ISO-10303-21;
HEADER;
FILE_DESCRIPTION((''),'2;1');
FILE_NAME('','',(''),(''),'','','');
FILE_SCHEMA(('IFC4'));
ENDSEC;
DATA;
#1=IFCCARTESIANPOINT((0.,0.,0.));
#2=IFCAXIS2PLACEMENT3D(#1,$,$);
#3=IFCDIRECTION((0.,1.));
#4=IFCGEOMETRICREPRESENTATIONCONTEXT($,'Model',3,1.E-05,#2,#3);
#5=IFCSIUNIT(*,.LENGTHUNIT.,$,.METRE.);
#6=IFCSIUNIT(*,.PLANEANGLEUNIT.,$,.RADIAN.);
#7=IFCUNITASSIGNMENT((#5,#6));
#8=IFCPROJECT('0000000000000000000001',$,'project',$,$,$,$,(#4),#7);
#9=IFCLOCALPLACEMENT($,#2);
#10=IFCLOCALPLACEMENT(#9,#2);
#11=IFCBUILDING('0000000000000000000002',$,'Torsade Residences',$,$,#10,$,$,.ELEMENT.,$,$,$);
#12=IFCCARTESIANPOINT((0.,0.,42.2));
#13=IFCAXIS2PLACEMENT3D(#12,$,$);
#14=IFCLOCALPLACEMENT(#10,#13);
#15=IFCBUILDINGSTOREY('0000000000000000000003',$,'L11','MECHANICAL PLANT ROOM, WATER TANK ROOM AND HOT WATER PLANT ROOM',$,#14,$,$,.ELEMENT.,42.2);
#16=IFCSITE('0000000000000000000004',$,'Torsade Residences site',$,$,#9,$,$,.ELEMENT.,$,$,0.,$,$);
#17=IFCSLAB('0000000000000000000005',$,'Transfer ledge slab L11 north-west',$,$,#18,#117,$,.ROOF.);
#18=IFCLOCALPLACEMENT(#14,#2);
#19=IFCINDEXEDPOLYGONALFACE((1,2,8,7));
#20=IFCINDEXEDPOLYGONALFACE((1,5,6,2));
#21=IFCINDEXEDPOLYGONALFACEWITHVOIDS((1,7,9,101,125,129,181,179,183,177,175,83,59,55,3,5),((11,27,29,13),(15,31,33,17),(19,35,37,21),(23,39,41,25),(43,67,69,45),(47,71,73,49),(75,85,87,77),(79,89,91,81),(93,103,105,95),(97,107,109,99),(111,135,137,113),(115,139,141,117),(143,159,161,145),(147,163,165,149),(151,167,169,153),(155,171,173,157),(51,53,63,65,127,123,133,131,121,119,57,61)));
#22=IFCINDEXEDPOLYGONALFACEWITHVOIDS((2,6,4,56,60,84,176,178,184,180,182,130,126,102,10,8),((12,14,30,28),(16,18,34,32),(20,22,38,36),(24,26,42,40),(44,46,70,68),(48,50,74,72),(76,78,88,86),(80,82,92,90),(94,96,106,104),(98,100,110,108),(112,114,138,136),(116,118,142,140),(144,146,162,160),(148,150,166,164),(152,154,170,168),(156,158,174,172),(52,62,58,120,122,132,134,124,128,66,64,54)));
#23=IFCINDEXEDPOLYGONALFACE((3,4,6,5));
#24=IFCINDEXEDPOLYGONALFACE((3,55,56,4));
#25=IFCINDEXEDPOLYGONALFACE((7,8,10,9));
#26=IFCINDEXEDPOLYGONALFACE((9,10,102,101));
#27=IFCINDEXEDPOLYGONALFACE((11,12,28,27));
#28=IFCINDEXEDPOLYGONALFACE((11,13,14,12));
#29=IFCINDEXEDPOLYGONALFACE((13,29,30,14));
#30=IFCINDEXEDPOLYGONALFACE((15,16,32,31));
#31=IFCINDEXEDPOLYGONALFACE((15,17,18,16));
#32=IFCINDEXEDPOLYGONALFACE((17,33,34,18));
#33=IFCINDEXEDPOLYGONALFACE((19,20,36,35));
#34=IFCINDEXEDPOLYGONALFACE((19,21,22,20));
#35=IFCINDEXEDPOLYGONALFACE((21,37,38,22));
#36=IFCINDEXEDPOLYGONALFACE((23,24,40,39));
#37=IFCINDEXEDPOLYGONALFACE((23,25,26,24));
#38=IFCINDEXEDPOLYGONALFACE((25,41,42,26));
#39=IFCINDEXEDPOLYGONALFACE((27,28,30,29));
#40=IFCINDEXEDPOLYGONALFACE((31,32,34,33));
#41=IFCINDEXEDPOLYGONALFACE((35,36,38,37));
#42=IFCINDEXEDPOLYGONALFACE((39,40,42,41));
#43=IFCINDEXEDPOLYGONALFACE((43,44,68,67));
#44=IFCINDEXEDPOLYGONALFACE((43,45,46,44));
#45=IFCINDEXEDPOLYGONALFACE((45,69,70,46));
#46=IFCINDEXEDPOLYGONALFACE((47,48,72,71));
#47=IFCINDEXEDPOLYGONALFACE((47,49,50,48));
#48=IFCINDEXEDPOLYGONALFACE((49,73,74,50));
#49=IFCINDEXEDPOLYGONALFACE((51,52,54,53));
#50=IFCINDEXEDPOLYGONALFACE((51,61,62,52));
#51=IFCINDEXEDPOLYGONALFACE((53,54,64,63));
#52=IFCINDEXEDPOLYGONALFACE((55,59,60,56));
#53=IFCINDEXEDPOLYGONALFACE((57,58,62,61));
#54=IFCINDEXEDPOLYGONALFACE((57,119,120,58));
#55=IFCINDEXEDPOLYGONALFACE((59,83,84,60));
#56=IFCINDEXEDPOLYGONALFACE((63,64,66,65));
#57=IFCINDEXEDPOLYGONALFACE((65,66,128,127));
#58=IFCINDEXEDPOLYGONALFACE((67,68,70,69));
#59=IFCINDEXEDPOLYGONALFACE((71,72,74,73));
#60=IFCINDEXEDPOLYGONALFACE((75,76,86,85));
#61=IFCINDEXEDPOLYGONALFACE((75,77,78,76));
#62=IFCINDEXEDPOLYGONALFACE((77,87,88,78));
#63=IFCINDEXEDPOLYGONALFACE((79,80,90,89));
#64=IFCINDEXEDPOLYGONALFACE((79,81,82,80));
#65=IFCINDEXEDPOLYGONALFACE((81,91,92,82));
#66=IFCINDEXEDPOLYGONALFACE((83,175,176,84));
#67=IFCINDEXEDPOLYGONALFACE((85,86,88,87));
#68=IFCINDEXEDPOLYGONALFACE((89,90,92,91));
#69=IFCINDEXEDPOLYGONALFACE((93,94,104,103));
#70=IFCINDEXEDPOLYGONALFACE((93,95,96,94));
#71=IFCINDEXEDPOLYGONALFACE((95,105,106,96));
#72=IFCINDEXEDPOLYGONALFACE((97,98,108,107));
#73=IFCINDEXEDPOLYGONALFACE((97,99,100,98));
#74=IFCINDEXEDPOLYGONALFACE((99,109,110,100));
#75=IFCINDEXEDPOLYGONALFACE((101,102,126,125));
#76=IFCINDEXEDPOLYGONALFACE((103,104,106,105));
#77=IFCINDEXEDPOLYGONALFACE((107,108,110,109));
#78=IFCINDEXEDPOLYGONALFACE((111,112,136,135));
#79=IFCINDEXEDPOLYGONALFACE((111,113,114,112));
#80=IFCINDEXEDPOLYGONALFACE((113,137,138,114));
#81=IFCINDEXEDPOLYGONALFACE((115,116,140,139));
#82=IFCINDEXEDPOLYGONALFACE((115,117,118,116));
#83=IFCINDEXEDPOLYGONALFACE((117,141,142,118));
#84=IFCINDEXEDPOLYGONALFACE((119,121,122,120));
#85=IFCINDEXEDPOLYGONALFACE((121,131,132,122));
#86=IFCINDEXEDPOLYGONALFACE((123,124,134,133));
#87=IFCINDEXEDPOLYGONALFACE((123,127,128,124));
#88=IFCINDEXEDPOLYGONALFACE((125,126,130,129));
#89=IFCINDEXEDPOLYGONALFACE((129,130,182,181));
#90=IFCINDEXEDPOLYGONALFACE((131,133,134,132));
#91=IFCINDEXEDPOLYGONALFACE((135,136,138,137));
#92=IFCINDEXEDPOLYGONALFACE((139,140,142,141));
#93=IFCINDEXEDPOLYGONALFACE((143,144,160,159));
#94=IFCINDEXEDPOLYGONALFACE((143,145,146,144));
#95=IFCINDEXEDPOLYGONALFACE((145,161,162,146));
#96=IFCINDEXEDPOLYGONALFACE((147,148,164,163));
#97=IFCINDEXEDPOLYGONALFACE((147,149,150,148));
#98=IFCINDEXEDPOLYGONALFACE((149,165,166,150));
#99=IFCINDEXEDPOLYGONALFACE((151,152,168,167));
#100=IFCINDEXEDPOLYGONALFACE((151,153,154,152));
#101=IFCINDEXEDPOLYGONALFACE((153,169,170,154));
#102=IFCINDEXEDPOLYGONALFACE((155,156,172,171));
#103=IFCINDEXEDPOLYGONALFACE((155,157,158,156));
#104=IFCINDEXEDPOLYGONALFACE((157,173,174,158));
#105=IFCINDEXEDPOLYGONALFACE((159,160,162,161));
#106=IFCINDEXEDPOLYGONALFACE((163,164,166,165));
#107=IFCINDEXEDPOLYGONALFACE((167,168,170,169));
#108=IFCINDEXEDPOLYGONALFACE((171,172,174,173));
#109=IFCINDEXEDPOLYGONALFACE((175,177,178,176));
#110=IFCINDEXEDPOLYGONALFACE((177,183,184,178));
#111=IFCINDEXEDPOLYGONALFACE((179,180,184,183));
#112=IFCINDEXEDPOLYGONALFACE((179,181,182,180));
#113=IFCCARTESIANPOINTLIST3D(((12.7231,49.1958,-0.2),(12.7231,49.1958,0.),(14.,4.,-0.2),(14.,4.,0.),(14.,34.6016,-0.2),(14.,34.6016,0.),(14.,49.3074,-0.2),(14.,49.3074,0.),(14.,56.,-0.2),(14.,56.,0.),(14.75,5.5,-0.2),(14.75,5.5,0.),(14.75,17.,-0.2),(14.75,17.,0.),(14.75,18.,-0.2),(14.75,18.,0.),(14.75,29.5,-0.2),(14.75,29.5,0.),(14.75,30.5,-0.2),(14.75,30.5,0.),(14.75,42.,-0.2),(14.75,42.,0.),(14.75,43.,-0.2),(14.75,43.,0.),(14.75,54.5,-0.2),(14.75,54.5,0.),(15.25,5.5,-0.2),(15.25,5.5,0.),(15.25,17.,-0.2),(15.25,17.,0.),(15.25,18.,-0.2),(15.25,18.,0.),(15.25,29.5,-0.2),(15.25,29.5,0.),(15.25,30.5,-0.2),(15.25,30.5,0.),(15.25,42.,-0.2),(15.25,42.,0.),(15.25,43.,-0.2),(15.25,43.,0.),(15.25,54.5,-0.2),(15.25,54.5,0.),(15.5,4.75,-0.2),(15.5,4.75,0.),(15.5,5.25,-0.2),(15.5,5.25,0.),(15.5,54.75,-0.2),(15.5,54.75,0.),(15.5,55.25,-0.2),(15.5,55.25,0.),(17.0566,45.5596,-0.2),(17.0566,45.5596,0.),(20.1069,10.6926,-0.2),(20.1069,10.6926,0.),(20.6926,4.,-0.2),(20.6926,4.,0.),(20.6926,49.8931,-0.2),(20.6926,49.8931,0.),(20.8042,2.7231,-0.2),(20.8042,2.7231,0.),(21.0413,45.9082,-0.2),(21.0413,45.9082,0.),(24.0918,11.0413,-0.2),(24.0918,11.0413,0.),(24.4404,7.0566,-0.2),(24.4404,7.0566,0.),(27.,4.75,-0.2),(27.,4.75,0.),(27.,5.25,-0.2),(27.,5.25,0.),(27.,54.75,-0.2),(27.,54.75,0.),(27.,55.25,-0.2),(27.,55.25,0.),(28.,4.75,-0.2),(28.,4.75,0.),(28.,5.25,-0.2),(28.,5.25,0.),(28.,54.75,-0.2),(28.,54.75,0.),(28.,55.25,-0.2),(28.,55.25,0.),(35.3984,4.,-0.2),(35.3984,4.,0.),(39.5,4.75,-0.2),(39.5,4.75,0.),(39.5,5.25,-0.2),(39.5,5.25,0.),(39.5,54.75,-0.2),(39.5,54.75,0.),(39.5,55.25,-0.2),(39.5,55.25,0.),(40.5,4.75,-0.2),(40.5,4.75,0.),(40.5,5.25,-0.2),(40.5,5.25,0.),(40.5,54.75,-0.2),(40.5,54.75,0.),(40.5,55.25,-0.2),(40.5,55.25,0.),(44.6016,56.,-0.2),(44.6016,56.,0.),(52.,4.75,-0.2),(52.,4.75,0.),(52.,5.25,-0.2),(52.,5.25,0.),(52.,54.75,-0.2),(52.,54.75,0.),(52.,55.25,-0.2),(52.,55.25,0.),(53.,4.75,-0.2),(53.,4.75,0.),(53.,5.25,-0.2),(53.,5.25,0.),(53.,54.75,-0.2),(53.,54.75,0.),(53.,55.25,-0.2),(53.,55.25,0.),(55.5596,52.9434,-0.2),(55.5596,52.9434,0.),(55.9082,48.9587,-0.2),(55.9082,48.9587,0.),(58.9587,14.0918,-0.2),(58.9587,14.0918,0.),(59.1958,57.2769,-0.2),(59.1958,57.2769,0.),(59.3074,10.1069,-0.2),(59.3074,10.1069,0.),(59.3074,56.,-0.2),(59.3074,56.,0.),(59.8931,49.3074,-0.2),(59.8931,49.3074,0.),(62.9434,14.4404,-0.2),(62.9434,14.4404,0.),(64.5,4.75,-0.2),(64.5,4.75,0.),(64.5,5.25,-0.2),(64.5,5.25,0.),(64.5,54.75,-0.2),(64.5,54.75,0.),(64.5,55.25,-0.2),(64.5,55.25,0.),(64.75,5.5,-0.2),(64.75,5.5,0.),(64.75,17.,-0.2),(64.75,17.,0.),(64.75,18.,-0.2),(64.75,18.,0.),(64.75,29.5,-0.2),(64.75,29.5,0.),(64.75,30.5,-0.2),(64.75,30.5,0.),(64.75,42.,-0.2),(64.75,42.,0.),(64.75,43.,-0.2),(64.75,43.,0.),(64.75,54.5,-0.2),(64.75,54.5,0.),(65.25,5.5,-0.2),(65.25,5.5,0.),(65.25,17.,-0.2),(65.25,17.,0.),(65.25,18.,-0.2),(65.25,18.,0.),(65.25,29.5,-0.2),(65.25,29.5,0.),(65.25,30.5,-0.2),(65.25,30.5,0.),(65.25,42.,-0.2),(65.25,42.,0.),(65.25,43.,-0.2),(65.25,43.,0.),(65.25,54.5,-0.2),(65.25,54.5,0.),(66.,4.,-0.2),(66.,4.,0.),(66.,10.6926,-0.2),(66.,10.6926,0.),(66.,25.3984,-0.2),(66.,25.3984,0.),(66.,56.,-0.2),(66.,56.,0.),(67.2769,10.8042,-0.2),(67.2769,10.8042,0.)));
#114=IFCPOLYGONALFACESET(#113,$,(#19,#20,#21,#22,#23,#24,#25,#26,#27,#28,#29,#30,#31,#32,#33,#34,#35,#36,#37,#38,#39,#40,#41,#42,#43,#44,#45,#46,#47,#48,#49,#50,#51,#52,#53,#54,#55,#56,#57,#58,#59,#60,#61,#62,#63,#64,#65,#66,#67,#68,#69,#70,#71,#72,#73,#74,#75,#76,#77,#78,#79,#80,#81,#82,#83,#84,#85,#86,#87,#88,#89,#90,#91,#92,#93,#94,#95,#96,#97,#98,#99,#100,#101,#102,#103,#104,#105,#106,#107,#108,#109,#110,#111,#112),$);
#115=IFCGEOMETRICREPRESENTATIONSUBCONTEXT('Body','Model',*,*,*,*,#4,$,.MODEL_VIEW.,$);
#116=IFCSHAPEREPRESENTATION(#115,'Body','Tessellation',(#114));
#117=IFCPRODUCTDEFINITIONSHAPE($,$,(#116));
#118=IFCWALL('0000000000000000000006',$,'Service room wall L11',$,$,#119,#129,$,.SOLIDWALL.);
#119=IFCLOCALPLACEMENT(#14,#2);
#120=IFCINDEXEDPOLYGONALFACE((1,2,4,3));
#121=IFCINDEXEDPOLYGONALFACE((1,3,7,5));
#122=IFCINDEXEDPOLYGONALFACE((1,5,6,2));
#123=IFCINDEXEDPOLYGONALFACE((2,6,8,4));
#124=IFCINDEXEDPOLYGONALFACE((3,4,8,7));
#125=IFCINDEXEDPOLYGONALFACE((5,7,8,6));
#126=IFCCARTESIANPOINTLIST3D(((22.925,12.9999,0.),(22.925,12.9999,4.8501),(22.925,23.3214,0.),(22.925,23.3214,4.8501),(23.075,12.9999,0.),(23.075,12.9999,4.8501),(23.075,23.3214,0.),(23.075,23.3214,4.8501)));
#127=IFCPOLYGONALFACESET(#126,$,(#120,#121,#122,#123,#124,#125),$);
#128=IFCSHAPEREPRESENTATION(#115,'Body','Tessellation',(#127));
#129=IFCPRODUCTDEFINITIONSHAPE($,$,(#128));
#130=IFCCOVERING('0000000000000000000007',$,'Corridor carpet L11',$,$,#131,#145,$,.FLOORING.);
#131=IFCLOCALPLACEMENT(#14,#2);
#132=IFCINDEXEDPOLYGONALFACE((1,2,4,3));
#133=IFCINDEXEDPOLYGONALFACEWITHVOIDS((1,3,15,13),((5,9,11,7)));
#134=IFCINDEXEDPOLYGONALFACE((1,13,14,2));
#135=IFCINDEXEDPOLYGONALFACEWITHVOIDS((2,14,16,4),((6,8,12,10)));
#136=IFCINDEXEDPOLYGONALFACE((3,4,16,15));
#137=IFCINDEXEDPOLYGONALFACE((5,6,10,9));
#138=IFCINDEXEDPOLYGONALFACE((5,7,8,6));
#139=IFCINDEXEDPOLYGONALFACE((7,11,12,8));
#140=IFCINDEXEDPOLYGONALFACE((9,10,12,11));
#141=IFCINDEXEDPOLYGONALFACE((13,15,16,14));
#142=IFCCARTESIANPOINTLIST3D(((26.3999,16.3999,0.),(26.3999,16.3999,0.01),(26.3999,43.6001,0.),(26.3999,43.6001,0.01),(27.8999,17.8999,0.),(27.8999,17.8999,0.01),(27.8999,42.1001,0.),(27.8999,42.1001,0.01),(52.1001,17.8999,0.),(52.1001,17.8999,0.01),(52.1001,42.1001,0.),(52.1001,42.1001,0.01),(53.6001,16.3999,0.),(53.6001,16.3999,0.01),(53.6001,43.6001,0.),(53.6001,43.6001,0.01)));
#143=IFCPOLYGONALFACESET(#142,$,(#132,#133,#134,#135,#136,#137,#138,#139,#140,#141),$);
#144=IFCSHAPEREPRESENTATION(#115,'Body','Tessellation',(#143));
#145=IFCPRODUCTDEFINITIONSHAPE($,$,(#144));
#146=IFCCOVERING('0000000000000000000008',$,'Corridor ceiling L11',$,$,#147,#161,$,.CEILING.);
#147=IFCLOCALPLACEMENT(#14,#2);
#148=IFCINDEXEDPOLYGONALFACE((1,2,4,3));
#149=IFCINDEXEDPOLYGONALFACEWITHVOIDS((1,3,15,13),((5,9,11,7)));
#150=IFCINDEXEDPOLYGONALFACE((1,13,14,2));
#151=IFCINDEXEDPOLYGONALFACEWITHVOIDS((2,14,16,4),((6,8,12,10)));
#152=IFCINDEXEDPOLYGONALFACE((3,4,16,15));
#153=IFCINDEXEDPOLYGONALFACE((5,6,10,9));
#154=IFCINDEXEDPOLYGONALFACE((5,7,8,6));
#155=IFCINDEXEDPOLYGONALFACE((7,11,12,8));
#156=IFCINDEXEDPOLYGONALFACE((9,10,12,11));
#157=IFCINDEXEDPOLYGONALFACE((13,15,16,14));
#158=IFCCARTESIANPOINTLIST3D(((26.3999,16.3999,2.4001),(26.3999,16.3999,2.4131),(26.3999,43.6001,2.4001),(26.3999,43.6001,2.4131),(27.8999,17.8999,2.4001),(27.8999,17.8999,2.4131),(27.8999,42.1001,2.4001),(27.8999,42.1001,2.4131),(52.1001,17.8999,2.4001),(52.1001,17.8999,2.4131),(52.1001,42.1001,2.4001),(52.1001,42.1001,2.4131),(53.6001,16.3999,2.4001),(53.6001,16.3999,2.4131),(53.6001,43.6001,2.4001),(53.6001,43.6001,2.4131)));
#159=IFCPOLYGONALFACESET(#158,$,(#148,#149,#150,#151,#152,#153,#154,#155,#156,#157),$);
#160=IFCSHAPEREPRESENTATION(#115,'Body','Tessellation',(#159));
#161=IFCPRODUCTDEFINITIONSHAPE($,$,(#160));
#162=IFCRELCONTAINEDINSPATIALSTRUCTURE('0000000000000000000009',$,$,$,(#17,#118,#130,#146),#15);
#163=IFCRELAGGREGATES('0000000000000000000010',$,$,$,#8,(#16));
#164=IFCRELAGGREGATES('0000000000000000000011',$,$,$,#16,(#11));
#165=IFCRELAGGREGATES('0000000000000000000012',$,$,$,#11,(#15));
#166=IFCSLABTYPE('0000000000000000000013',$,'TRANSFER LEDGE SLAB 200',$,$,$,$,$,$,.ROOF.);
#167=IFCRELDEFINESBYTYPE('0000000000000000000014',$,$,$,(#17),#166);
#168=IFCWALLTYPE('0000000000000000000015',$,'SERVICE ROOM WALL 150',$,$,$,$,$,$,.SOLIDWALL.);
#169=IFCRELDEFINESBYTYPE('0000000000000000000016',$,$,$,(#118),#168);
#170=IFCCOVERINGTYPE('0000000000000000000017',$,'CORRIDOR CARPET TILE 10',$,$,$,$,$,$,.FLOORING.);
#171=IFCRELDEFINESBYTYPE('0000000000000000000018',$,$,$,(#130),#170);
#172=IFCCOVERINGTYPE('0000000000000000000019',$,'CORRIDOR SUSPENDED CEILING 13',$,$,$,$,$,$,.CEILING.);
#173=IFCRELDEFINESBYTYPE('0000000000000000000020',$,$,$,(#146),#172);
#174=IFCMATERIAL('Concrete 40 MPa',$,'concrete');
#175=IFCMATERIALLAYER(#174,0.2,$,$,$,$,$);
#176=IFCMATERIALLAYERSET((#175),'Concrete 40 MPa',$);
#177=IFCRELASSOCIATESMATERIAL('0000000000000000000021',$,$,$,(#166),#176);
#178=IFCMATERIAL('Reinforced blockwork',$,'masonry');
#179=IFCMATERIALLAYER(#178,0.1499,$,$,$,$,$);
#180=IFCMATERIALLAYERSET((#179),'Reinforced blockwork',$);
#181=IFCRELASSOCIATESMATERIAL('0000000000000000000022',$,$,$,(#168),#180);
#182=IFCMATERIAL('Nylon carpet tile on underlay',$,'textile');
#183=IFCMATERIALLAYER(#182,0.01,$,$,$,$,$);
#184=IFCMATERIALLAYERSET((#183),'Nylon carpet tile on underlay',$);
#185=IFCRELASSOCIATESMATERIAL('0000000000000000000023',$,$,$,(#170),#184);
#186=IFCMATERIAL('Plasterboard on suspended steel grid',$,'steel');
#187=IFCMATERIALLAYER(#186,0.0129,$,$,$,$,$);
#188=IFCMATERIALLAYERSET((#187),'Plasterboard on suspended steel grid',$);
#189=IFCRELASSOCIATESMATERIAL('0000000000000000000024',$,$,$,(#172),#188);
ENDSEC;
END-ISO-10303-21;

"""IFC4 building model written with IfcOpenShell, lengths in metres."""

from ifc_helpers import new_model, si_unit, direction, frame, frame_2d, origin, place, context, subcontext, project, spatial, polyline, rectangle, outline, extrude, material, layer, layer_set, type_object, element, save


model = new_model("IFC4")

# Units and contexts
model_context = context("Model", 3, precision=1e-05, world=origin(), true_north=direction((0.0, 1.0)))
body_context = subcontext(model_context, "Body", "Model", "MODEL_VIEW")
ifc_project = project(units=[si_unit("LENGTHUNIT", "METRE"), si_unit("PLANEANGLEUNIT", "RADIAN")], contexts=[model_context])

# Site, building, storey
site_placement = place(None, origin())
site = spatial("IfcSite", under=ifc_project, at=site_placement, Name="Torsade Residences site", CompositionType="ELEMENT", RefElevation=0.0)
building_placement = place(site_placement, origin())
building = spatial("IfcBuilding", under=site, at=building_placement, Name="Torsade Residences", CompositionType="ELEMENT")
storey_placement = place(building_placement, frame((0.0, 0.0, 42.2)))
storey = spatial("IfcBuildingStorey", under=building, at=storey_placement, Name="L11", Description="MECHANICAL PLANT ROOM, WATER TANK ROOM AND HOT WATER PLANT ROOM", CompositionType="ELEMENT", Elevation=42.2)

# Slab
ifc_material_1 = material(Name="Concrete 40 MPa", Category="concrete")
ifc_layer_1 = layer(ifc_material_1, 0.2)
ifc_layer_set_1 = layer_set([ifc_layer_1], Name="Concrete 40 MPa")
slab_type_1 = type_object("IfcSlabType", Name="TRANSFER LEDGE SLAB 200", PredefinedType="ROOF", material=ifc_layer_set_1)
slab_1_placement = place(storey_placement, frame((0.0, 0.0, -0.2)))
element("IfcSlab", 1, at=slab_1_placement, inside=storey, type_object=slab_type_1, Name="Transfer ledge slab L11 north-west", PredefinedType="ROOF", context=body_context, shape_type="SweptSolid", body=[
    extrude(outline(polyline([(14.0, 34.6016), (14.0, 4.0), (20.6926, 4.0), (20.8042, 2.7231), (35.3984, 4.0), (66.0, 4.0), (66.0, 10.6926), (67.2769, 10.8042), (66.0, 25.3984), (66.0, 56.0), (59.3074, 56.0), (59.1958, 57.2769), (44.6016, 56.0), (14.0, 56.0), (14.0, 49.3074), (12.7231, 49.1958), (14.0, 34.6016)]), holes=[polyline([(64.75, 43.0), (65.25, 43.0), (65.25, 54.5), (64.75, 54.5), (64.75, 43.0)]), polyline([(64.75, 30.5), (65.25, 30.5), (65.25, 42.0), (64.75, 42.0), (64.75, 30.5)]), polyline([(64.75, 18.0), (65.25, 18.0), (65.25, 29.5), (64.75, 29.5), (64.75, 18.0)]), polyline([(64.75, 5.5), (65.25, 5.5), (65.25, 17.0), (64.75, 17.0), (64.75, 5.5)]), polyline([(64.5, 54.75), (64.5, 55.25), (53.0, 55.25), (53.0, 54.75), (64.5, 54.75)]), polyline([(53.0, 5.25), (53.0, 4.75), (64.5, 4.75), (64.5, 5.25), (53.0, 5.25)]), polyline([(58.9587, 14.0918), (62.9434, 14.4404), (59.8931, 49.3074), (55.9082, 48.9587), (55.5596, 52.9434), (20.6926, 49.8931), (21.0413, 45.9082), (17.0566, 45.5596), (20.1069, 10.6926), (24.0918, 11.0413), (24.4404, 7.0566), (59.3074, 10.1069), (58.9587, 14.0918)]), polyline([(40.5, 5.25), (40.5, 4.75), (52.0, 4.75), (52.0, 5.25), (40.5, 5.25)]), polyline([(52.0, 54.75), (52.0, 55.25), (40.5, 55.25), (40.5, 54.75), (52.0, 54.75)]), polyline([(39.5, 54.75), (39.5, 55.25), (28.0, 55.25), (28.0, 54.75), (39.5, 54.75)]), polyline([(28.0, 5.25), (28.0, 4.75), (39.5, 4.75), (39.5, 5.25), (28.0, 5.25)]), polyline([(27.0, 54.75), (27.0, 55.25), (15.5, 55.25), (15.5, 54.75), (27.0, 54.75)]), polyline([(15.5, 5.25), (15.5, 4.75), (27.0, 4.75), (27.0, 5.25), (15.5, 5.25)]), polyline([(15.25, 54.5), (14.75, 54.5), (14.75, 43.0), (15.25, 43.0), (15.25, 54.5)]), polyline([(15.25, 42.0), (14.75, 42.0), (14.75, 30.5), (15.25, 30.5), (15.25, 42.0)]), polyline([(15.25, 29.5), (14.75, 29.5), (14.75, 18.0), (15.25, 18.0), (15.25, 29.5)]), polyline([(15.25, 17.0), (14.75, 17.0), (14.75, 5.5), (15.25, 5.5), (15.25, 17.0)])]), origin(), (0.0, 0.0, 1.0), 0.2),
])

# Wall
ifc_material_2 = material(Name="Reinforced blockwork", Category="masonry")
ifc_layer_2 = layer(ifc_material_2, 0.1499)
ifc_layer_set_2 = layer_set([ifc_layer_2], Name="Reinforced blockwork")
wall_type = type_object("IfcWallType", Name="SERVICE ROOM WALL 150", PredefinedType="SOLIDWALL", material=ifc_layer_set_2)
wall_placement = place(storey_placement, frame((23.0, 13.0, 0.0), z_axis=(0.0, 0.0, 1.0), x_axis=(0.0, 1.0, 0.0)))
element("IfcWall", 2, at=wall_placement, inside=storey, type_object=wall_type, Name="Service room wall L11", PredefinedType="SOLIDWALL", context=body_context, shape_type="SweptSolid", body=[
    extrude(rectangle(XDim=10.3215, YDim=0.1499, at=frame_2d((5.1606, 0.0))), origin(), (0.0, 0.0, 1.0), 4.8501),
])

# Coverings
ifc_material_3 = material(Name="Nylon carpet tile on underlay", Category="textile")
ifc_layer_3 = layer(ifc_material_3, 0.01)
ifc_layer_set_3 = layer_set([ifc_layer_3], Name="Nylon carpet tile on underlay")
covering_type_1 = type_object("IfcCoveringType", Name="CORRIDOR CARPET TILE 10", PredefinedType="FLOORING", material=ifc_layer_set_3)
covering_1_placement = place(storey_placement, origin())
element("IfcCovering", 3, at=covering_1_placement, inside=storey, type_object=covering_type_1, Name="Corridor carpet L11", PredefinedType="FLOORING", context=body_context, shape_type="SweptSolid", body=[
    extrude(outline(polyline([(26.3999, 16.3999), (53.6001, 16.3999), (53.6001, 43.6001), (26.3999, 43.6001), (26.3999, 16.3999)]), holes=[polyline([(27.8999, 42.1001), (27.8999, 17.8999), (52.1001, 17.8999), (52.1001, 42.1001), (27.8999, 42.1001)])]), origin(), (0.0, 0.0, 1.0), 0.01),
])
ifc_material_4 = material(Name="Plasterboard on suspended steel grid", Category="steel")
ifc_layer_4 = layer(ifc_material_4, 0.0129)
ifc_layer_set_4 = layer_set([ifc_layer_4], Name="Plasterboard on suspended steel grid")
covering_type_2 = type_object("IfcCoveringType", Name="CORRIDOR SUSPENDED CEILING 13", PredefinedType="CEILING", material=ifc_layer_set_4)
covering_2_placement = place(storey_placement, frame((0.0, 0.0, 2.4001)))
element("IfcCovering", 4, at=covering_2_placement, inside=storey, type_object=covering_type_2, Name="Corridor ceiling L11", PredefinedType="CEILING", context=body_context, shape_type="SweptSolid", body=[
    extrude(outline(polyline([(26.3999, 16.3999), (53.6001, 16.3999), (53.6001, 43.6001), (26.3999, 43.6001), (26.3999, 16.3999)]), holes=[polyline([(27.8999, 42.1001), (27.8999, 17.8999), (52.1001, 17.8999), (52.1001, 42.1001), (27.8999, 42.1001)])]), origin(), (0.0, 0.0, 1.0), 0.0129),
])

save(model, "model.ifc")
